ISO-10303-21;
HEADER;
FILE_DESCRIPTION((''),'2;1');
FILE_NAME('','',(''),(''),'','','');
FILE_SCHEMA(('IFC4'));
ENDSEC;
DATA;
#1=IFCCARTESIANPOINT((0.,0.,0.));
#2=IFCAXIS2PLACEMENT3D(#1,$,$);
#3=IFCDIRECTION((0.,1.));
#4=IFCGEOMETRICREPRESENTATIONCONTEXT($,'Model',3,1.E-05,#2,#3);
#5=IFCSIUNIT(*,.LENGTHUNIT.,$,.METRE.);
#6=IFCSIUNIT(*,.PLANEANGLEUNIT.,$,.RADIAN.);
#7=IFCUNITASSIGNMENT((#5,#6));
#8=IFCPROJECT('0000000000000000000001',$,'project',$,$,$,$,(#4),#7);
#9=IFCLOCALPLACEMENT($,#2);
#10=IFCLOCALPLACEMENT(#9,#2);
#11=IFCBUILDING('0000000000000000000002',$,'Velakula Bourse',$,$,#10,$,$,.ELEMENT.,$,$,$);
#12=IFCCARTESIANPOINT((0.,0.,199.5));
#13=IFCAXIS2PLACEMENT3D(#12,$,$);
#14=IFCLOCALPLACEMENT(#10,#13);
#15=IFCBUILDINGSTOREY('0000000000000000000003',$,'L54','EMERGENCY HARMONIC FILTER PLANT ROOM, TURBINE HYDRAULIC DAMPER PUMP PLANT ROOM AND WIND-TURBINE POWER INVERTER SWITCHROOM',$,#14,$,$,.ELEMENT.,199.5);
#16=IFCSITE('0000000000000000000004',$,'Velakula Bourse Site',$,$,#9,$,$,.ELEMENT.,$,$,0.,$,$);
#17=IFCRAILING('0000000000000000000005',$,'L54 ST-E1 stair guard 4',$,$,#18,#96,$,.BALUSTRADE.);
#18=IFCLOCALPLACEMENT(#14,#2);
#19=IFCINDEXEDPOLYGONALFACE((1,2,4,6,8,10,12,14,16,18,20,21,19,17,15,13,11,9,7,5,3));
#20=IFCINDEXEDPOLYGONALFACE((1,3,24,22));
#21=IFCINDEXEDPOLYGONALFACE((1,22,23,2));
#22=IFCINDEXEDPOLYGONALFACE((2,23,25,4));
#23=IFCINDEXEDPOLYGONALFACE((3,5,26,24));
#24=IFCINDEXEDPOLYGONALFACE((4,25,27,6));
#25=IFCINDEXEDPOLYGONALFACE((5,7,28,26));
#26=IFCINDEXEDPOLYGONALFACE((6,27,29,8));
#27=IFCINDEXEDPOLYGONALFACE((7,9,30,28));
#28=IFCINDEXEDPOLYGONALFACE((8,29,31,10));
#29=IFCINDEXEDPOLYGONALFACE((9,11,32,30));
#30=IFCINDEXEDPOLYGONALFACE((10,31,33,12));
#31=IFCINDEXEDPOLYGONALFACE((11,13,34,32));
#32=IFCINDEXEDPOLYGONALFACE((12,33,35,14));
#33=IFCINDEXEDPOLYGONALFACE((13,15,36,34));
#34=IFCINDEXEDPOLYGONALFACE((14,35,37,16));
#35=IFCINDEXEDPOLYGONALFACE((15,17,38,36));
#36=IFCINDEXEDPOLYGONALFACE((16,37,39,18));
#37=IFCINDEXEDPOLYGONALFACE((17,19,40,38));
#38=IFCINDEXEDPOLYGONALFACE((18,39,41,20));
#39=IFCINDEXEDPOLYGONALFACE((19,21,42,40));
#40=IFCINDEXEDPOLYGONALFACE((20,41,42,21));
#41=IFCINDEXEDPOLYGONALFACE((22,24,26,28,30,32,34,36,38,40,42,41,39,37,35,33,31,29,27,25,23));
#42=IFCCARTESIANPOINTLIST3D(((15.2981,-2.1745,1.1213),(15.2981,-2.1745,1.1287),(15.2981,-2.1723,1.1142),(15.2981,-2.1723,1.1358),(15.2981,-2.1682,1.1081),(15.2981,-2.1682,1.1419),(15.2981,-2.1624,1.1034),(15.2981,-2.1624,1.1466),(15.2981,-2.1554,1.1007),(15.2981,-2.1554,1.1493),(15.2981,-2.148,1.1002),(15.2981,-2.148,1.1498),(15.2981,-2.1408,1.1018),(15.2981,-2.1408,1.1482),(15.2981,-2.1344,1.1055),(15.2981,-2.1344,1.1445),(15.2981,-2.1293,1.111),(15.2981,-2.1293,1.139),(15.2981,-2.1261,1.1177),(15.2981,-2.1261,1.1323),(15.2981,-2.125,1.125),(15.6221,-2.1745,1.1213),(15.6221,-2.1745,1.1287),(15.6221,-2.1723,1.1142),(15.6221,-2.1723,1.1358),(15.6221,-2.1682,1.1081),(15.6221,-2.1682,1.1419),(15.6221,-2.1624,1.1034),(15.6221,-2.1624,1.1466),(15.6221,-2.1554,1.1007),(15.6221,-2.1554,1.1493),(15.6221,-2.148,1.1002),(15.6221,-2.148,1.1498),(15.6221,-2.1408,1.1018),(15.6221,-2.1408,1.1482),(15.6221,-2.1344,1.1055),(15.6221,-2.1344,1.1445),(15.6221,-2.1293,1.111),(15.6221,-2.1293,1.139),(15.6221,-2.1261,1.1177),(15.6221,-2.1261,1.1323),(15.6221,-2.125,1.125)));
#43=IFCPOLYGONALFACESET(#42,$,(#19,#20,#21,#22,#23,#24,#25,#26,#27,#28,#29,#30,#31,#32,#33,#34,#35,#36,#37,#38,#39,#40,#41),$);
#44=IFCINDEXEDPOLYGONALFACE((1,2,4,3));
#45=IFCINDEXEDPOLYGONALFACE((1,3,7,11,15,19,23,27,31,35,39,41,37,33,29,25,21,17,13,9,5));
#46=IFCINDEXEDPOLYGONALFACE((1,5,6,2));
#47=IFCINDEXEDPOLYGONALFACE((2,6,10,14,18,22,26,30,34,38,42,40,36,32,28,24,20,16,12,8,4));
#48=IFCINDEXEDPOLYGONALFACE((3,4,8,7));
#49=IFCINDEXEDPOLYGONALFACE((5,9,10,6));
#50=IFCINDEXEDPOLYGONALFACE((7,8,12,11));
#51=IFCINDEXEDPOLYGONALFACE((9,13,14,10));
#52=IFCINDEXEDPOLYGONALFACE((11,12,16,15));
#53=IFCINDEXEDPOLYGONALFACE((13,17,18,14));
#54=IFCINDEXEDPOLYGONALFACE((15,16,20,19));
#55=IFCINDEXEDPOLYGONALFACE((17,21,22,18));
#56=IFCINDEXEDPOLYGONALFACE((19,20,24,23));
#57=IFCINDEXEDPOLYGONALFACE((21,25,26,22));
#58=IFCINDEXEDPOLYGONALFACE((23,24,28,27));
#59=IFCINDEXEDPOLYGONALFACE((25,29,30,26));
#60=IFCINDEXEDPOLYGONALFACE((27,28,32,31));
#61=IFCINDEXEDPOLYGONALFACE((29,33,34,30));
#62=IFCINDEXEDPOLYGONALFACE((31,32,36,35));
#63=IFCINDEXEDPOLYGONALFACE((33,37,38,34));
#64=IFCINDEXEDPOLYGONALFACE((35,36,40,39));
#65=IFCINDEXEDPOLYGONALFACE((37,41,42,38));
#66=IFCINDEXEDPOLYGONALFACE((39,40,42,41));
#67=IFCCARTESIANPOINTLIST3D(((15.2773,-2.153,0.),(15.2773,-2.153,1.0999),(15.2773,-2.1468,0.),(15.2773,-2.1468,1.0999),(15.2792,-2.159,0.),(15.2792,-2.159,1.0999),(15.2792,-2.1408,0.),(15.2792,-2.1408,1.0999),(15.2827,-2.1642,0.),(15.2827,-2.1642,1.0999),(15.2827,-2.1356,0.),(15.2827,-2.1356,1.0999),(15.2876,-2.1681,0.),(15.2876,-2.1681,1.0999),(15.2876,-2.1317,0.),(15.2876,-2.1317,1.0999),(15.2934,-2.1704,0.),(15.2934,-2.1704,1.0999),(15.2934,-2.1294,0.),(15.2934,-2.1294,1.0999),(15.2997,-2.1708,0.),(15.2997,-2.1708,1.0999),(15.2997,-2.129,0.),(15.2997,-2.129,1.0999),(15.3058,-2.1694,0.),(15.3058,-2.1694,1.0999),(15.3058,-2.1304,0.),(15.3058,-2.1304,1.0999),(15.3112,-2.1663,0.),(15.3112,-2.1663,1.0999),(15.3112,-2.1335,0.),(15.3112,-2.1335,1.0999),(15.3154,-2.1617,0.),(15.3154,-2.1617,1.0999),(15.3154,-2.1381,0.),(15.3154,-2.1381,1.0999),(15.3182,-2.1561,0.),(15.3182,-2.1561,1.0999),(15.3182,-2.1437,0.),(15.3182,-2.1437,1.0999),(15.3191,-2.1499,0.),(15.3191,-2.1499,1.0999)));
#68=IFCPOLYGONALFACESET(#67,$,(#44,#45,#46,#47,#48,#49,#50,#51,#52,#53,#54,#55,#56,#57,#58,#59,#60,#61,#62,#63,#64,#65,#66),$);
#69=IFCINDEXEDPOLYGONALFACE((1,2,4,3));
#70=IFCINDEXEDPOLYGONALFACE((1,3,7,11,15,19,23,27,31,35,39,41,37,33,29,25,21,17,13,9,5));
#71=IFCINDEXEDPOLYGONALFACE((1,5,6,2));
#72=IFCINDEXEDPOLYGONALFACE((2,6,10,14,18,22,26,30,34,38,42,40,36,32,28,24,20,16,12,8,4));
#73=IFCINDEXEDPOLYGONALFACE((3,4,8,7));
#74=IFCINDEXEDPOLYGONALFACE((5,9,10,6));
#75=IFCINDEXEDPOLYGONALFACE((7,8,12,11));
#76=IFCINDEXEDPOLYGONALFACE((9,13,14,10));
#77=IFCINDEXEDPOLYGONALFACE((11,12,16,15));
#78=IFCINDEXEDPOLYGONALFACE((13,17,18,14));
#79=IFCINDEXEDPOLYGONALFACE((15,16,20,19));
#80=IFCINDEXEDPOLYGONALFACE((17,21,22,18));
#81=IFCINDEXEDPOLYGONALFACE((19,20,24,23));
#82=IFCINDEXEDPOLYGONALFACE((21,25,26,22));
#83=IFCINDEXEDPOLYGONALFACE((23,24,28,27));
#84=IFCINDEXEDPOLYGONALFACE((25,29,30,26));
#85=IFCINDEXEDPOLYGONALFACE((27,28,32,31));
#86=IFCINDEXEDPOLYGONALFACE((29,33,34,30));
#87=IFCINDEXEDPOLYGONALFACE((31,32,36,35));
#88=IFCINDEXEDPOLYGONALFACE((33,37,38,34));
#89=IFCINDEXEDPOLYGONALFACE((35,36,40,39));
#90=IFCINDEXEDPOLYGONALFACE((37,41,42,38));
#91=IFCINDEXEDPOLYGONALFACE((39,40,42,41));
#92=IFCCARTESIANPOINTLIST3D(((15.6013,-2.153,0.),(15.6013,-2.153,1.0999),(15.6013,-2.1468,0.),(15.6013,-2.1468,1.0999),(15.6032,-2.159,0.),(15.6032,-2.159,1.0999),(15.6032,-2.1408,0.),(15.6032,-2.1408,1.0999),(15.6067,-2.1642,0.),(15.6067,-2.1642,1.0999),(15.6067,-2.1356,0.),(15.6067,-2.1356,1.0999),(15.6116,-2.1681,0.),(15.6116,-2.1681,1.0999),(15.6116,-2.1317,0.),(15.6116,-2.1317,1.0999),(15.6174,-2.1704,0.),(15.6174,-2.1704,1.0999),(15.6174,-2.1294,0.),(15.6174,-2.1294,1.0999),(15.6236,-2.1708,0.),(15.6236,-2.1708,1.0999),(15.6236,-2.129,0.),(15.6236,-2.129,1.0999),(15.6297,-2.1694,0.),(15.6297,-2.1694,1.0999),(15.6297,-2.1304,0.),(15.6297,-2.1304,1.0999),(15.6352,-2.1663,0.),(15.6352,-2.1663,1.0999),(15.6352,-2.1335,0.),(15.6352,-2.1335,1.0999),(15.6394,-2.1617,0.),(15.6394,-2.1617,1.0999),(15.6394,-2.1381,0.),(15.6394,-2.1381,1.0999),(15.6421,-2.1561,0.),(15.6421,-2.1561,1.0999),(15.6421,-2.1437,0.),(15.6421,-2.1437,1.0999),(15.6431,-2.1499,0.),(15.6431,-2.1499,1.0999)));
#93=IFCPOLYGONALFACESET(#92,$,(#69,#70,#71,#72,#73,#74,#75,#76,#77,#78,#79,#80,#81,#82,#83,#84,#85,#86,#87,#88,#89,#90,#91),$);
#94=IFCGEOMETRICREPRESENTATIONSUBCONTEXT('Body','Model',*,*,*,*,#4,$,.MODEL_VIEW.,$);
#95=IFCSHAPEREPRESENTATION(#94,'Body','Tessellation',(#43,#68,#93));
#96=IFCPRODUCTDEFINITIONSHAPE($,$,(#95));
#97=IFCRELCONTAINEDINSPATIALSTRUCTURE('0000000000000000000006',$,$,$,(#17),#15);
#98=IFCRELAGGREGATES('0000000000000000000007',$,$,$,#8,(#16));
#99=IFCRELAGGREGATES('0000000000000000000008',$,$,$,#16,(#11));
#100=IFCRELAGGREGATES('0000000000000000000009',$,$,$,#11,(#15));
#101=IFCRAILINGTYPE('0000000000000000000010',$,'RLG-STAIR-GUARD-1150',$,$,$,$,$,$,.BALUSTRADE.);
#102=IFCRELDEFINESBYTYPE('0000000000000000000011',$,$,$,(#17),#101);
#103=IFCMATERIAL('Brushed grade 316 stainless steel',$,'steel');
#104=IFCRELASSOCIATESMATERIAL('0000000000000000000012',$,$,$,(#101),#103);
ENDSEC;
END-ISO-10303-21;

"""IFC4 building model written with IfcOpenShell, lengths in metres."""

from ifc_helpers import new_model, si_unit, direction, frame, origin, origin_2d, place, context, subcontext, project, spatial, circle, extrude, material, type_object, element, save


model = new_model("IFC4")

# Units and contexts
model_context = context("Model", 3, precision=1e-05, world=origin(), true_north=direction((0.0, 1.0)))
body_context = subcontext(model_context, "Body", "Model", "MODEL_VIEW")
ifc_project = project(units=[si_unit("LENGTHUNIT", "METRE"), si_unit("PLANEANGLEUNIT", "RADIAN")], contexts=[model_context])

# Site, building, storey
site_placement = place(None, origin())
site = spatial("IfcSite", under=ifc_project, at=site_placement, Name="Velakula Bourse Site", CompositionType="ELEMENT", RefElevation=0.0)
building_placement = place(site_placement, origin())
building = spatial("IfcBuilding", under=site, at=building_placement, Name="Velakula Bourse", CompositionType="ELEMENT")
storey_placement = place(building_placement, frame((0.0, 0.0, 199.5)))
storey = spatial("IfcBuildingStorey", under=building, at=storey_placement, Name="L54", Description="EMERGENCY HARMONIC FILTER PLANT ROOM, TURBINE HYDRAULIC DAMPER PUMP PLANT ROOM AND WIND-TURBINE POWER INVERTER SWITCHROOM", CompositionType="ELEMENT", Elevation=199.5)

# Shared definitions
ifc_material_1 = material(Name="Brushed grade 316 stainless steel", Category="steel")

# Railing
railing_type_1 = type_object("IfcRailingType", Name="RLG-STAIR-GUARD-1150", PredefinedType="BALUSTRADE", material=ifc_material_1)
railing_1_placement = place(storey_placement, frame((15.2981, -2.1499, 0.0)))
element("IfcRailing", 1, at=railing_1_placement, inside=storey, type_object=railing_type_1, Name="L54 ST-E1 stair guard 4", PredefinedType="BALUSTRADE", context=body_context, shape_type="SweptSolid", body=[
    extrude(circle(Radius=0.0249, at=origin_2d()), frame((0.0, 0.0, 1.125), z_axis=(1.0, 0.0, 0.0), x_axis=(0.0, 1.0, 0.0)), (0.0, 0.0, 1.0), 0.324),
    extrude(circle(Radius=0.021, at=origin_2d()), origin(), (0.0, 0.0, 1.0), 1.0999),
    extrude(circle(Radius=0.021, at=origin_2d()), frame((0.324, 0.0, 0.0)), (0.0, 0.0, 1.0), 1.0999),
])

save(model, "model.ifc")
